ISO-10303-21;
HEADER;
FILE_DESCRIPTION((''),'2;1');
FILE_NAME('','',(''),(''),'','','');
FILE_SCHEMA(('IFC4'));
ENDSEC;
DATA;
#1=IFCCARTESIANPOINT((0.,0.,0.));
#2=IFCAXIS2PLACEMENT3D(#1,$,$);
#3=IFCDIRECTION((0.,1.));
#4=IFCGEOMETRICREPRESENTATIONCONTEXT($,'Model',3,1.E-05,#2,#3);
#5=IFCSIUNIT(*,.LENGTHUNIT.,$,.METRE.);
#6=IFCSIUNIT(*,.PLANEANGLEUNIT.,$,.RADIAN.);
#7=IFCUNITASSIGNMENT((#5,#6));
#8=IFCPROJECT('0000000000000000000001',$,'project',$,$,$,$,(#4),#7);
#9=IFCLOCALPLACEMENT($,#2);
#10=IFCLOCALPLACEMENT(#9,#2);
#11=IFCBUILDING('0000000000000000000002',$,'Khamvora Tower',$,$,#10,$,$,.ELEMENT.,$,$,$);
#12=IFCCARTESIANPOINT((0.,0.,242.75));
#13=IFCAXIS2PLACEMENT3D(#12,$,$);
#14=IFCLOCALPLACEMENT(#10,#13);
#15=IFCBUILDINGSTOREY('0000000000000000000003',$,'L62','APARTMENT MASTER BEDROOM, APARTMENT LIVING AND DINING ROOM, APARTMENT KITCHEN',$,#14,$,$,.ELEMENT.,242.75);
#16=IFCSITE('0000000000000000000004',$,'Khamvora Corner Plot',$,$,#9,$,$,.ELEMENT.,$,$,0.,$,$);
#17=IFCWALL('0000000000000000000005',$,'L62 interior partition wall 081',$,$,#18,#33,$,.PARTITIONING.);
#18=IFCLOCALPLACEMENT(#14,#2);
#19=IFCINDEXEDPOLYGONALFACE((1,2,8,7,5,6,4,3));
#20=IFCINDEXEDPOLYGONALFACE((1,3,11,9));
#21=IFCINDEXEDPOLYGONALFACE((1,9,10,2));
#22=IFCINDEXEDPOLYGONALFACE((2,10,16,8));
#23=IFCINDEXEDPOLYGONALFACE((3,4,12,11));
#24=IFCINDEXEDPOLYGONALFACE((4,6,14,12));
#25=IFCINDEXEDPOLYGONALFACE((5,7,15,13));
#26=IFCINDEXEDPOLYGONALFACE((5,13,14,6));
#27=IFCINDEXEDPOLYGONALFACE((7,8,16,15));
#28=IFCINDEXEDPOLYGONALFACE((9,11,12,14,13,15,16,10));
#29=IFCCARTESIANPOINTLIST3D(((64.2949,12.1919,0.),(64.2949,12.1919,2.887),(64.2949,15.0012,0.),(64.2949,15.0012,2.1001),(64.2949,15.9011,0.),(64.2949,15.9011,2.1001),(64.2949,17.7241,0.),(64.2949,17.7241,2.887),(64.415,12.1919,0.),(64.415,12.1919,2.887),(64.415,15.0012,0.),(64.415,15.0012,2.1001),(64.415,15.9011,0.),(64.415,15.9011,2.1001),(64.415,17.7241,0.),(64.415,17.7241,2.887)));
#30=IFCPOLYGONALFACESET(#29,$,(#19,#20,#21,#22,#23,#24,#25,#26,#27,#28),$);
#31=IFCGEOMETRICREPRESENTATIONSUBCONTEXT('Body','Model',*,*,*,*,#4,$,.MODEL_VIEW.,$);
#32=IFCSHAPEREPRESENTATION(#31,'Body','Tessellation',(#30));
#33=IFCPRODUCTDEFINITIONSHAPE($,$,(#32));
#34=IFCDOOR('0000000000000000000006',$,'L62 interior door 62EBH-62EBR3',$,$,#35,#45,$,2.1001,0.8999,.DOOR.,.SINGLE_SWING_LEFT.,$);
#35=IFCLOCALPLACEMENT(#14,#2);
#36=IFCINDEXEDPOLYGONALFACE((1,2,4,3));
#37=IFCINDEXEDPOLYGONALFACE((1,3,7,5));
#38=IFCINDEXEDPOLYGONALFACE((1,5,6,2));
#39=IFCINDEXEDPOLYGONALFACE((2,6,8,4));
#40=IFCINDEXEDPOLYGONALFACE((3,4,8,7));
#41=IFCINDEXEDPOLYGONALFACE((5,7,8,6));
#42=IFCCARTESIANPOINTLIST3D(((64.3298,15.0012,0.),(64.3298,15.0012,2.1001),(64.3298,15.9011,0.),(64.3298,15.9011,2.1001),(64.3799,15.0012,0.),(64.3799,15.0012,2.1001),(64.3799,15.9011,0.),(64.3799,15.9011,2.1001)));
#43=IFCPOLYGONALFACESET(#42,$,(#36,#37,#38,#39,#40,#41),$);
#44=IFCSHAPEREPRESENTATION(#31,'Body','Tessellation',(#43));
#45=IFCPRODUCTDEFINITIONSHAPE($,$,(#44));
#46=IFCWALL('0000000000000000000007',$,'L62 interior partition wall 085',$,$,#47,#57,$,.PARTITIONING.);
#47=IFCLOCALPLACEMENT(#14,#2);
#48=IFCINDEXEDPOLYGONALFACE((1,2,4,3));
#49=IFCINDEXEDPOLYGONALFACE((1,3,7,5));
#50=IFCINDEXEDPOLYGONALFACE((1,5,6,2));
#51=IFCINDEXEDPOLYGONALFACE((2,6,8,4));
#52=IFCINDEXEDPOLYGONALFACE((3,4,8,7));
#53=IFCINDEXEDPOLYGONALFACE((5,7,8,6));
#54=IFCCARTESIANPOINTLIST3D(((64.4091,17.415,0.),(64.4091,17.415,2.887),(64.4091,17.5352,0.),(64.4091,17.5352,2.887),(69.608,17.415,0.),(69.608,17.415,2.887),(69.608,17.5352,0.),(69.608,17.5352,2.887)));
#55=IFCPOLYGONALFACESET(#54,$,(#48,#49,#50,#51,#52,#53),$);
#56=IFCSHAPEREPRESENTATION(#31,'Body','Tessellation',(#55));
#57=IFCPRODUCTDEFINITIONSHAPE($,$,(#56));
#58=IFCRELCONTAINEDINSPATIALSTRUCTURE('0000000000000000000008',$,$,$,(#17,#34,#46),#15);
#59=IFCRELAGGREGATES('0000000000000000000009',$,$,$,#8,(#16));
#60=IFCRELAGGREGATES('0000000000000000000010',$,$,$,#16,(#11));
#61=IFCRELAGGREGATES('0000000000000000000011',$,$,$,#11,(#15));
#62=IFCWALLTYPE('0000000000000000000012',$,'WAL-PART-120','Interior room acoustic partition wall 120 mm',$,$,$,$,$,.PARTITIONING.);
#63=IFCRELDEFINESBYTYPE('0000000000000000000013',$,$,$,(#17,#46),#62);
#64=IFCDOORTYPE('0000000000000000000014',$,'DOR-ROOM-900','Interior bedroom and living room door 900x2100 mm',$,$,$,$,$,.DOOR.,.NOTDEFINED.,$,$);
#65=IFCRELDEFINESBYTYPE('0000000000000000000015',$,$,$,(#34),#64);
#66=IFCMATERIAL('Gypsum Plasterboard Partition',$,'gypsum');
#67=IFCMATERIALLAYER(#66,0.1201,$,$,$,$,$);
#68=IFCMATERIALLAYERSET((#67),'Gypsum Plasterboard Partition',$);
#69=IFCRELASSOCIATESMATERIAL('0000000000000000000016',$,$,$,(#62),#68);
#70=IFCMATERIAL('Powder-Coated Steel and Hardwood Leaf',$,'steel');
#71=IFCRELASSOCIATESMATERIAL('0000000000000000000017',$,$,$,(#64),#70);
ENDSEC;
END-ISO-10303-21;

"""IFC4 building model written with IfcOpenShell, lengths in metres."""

from ifc_helpers import new_model, si_unit, direction, frame, frame_2d, origin, place, context, subcontext, project, spatial, rectangle, extrude, material, layer, layer_set, type_object, element, fill, save


model = new_model("IFC4")

# Units and contexts
model_context = context("Model", 3, precision=1e-05, world=origin(), true_north=direction((0.0, 1.0)))
body_context = subcontext(model_context, "Body", "Model", "MODEL_VIEW")
ifc_project = project(units=[si_unit("LENGTHUNIT", "METRE"), si_unit("PLANEANGLEUNIT", "RADIAN")], contexts=[model_context])

# Site, building, storey
site_placement = place(None, origin())
site = spatial("IfcSite", under=ifc_project, at=site_placement, Name="Khamvora Corner Plot", CompositionType="ELEMENT", RefElevation=0.0)
building_placement = place(site_placement, origin())
building = spatial("IfcBuilding", under=site, at=building_placement, Name="Khamvora Tower", CompositionType="ELEMENT")
storey_placement = place(building_placement, frame((0.0, 0.0, 242.75)))
storey = spatial("IfcBuildingStorey", under=building, at=storey_placement, Name="L62", Description="APARTMENT MASTER BEDROOM, APARTMENT LIVING AND DINING ROOM, APARTMENT KITCHEN", CompositionType="ELEMENT", Elevation=242.75)

# Wall, opening, door
ifc_material_1 = material(Name="Gypsum Plasterboard Partition", Category="gypsum")
ifc_layer_1 = layer(ifc_material_1, 0.1201)
ifc_layer_set_1 = layer_set([ifc_layer_1], Name="Gypsum Plasterboard Partition")
wall_type_1 = type_object("IfcWallType", Name="WAL-PART-120", Description="Interior room acoustic partition wall 120 mm", PredefinedType="PARTITIONING", material=ifc_layer_set_1)
wall_1_placement = place(storey_placement, frame((64.355, 17.7241, 0.0), z_axis=(0.0, 0.0, 1.0), x_axis=(0.0, -1.0, 0.0)))
wall_1 = element("IfcWall", 1, at=wall_1_placement, inside=storey, type_object=wall_type_1, Name="L62 interior partition wall 081", PredefinedType="PARTITIONING", context=body_context, shape_type="SweptSolid", body=[
    extrude(rectangle(XDim=5.5322, YDim=0.1201, at=frame_2d((2.7661, 0.0))), origin(), (0.0, 0.0, 1.0), 2.887),
])
opening_1_placement = place(wall_1_placement, frame((1.823, 0.0, 0.0)))
opening_1 = element("IfcOpeningElement", 2, at=opening_1_placement, cuts=wall_1, PredefinedType="OPENING", context=body_context, shape_type="SweptSolid", body=[
    extrude(rectangle(XDim=0.8999, YDim=2.1001, at=frame_2d((0.45, 1.05))), frame((0.0, 0.0701, 0.0), z_axis=(0.0, -1.0, 0.0), x_axis=(1.0, 0.0, 0.0)), (0.0, 0.0, 1.0), 0.1401),
])
ifc_material_2 = material(Name="Powder-Coated Steel and Hardwood Leaf", Category="steel")
door_type = type_object("IfcDoorType", Name="DOR-ROOM-900", Description="Interior bedroom and living room door 900x2100 mm", OperationType="NOTDEFINED", PredefinedType="DOOR", material=ifc_material_2)
door_placement = place(opening_1_placement, origin())
door = element("IfcDoor", 3, at=door_placement, inside=storey, type_object=door_type, Name="L62 interior door 62EBH-62EBR3", OperationType="SINGLE_SWING_LEFT", OverallHeight=2.1001, OverallWidth=0.8999, PredefinedType="DOOR", context=body_context, shape_type="SweptSolid", body=[
    extrude(rectangle(XDim=0.8999, YDim=2.1001, at=frame_2d((0.45, 1.05))), frame((0.0, 0.0249, 0.0), z_axis=(0.0, -1.0, 0.0), x_axis=(1.0, 0.0, 0.0)), (0.0, 0.0, 1.0), 0.05),
])
fill(opening_1, door)

# Wall
wall_2_placement = place(storey_placement, frame((64.4089, 17.4751, 0.0), z_axis=(0.0, 0.0, 1.0), x_axis=(1.0, 0.0, 0.0)))
element("IfcWall", 4, at=wall_2_placement, inside=storey, type_object=wall_type_1, Name="L62 interior partition wall 085", PredefinedType="PARTITIONING", context=body_context, shape_type="SweptSolid", body=[
    extrude(rectangle(XDim=5.199, YDim=0.1201, at=frame_2d((2.5996, 0.0))), origin(), (0.0, 0.0, 1.0), 2.887),
])

save(model, "model.ifc")
